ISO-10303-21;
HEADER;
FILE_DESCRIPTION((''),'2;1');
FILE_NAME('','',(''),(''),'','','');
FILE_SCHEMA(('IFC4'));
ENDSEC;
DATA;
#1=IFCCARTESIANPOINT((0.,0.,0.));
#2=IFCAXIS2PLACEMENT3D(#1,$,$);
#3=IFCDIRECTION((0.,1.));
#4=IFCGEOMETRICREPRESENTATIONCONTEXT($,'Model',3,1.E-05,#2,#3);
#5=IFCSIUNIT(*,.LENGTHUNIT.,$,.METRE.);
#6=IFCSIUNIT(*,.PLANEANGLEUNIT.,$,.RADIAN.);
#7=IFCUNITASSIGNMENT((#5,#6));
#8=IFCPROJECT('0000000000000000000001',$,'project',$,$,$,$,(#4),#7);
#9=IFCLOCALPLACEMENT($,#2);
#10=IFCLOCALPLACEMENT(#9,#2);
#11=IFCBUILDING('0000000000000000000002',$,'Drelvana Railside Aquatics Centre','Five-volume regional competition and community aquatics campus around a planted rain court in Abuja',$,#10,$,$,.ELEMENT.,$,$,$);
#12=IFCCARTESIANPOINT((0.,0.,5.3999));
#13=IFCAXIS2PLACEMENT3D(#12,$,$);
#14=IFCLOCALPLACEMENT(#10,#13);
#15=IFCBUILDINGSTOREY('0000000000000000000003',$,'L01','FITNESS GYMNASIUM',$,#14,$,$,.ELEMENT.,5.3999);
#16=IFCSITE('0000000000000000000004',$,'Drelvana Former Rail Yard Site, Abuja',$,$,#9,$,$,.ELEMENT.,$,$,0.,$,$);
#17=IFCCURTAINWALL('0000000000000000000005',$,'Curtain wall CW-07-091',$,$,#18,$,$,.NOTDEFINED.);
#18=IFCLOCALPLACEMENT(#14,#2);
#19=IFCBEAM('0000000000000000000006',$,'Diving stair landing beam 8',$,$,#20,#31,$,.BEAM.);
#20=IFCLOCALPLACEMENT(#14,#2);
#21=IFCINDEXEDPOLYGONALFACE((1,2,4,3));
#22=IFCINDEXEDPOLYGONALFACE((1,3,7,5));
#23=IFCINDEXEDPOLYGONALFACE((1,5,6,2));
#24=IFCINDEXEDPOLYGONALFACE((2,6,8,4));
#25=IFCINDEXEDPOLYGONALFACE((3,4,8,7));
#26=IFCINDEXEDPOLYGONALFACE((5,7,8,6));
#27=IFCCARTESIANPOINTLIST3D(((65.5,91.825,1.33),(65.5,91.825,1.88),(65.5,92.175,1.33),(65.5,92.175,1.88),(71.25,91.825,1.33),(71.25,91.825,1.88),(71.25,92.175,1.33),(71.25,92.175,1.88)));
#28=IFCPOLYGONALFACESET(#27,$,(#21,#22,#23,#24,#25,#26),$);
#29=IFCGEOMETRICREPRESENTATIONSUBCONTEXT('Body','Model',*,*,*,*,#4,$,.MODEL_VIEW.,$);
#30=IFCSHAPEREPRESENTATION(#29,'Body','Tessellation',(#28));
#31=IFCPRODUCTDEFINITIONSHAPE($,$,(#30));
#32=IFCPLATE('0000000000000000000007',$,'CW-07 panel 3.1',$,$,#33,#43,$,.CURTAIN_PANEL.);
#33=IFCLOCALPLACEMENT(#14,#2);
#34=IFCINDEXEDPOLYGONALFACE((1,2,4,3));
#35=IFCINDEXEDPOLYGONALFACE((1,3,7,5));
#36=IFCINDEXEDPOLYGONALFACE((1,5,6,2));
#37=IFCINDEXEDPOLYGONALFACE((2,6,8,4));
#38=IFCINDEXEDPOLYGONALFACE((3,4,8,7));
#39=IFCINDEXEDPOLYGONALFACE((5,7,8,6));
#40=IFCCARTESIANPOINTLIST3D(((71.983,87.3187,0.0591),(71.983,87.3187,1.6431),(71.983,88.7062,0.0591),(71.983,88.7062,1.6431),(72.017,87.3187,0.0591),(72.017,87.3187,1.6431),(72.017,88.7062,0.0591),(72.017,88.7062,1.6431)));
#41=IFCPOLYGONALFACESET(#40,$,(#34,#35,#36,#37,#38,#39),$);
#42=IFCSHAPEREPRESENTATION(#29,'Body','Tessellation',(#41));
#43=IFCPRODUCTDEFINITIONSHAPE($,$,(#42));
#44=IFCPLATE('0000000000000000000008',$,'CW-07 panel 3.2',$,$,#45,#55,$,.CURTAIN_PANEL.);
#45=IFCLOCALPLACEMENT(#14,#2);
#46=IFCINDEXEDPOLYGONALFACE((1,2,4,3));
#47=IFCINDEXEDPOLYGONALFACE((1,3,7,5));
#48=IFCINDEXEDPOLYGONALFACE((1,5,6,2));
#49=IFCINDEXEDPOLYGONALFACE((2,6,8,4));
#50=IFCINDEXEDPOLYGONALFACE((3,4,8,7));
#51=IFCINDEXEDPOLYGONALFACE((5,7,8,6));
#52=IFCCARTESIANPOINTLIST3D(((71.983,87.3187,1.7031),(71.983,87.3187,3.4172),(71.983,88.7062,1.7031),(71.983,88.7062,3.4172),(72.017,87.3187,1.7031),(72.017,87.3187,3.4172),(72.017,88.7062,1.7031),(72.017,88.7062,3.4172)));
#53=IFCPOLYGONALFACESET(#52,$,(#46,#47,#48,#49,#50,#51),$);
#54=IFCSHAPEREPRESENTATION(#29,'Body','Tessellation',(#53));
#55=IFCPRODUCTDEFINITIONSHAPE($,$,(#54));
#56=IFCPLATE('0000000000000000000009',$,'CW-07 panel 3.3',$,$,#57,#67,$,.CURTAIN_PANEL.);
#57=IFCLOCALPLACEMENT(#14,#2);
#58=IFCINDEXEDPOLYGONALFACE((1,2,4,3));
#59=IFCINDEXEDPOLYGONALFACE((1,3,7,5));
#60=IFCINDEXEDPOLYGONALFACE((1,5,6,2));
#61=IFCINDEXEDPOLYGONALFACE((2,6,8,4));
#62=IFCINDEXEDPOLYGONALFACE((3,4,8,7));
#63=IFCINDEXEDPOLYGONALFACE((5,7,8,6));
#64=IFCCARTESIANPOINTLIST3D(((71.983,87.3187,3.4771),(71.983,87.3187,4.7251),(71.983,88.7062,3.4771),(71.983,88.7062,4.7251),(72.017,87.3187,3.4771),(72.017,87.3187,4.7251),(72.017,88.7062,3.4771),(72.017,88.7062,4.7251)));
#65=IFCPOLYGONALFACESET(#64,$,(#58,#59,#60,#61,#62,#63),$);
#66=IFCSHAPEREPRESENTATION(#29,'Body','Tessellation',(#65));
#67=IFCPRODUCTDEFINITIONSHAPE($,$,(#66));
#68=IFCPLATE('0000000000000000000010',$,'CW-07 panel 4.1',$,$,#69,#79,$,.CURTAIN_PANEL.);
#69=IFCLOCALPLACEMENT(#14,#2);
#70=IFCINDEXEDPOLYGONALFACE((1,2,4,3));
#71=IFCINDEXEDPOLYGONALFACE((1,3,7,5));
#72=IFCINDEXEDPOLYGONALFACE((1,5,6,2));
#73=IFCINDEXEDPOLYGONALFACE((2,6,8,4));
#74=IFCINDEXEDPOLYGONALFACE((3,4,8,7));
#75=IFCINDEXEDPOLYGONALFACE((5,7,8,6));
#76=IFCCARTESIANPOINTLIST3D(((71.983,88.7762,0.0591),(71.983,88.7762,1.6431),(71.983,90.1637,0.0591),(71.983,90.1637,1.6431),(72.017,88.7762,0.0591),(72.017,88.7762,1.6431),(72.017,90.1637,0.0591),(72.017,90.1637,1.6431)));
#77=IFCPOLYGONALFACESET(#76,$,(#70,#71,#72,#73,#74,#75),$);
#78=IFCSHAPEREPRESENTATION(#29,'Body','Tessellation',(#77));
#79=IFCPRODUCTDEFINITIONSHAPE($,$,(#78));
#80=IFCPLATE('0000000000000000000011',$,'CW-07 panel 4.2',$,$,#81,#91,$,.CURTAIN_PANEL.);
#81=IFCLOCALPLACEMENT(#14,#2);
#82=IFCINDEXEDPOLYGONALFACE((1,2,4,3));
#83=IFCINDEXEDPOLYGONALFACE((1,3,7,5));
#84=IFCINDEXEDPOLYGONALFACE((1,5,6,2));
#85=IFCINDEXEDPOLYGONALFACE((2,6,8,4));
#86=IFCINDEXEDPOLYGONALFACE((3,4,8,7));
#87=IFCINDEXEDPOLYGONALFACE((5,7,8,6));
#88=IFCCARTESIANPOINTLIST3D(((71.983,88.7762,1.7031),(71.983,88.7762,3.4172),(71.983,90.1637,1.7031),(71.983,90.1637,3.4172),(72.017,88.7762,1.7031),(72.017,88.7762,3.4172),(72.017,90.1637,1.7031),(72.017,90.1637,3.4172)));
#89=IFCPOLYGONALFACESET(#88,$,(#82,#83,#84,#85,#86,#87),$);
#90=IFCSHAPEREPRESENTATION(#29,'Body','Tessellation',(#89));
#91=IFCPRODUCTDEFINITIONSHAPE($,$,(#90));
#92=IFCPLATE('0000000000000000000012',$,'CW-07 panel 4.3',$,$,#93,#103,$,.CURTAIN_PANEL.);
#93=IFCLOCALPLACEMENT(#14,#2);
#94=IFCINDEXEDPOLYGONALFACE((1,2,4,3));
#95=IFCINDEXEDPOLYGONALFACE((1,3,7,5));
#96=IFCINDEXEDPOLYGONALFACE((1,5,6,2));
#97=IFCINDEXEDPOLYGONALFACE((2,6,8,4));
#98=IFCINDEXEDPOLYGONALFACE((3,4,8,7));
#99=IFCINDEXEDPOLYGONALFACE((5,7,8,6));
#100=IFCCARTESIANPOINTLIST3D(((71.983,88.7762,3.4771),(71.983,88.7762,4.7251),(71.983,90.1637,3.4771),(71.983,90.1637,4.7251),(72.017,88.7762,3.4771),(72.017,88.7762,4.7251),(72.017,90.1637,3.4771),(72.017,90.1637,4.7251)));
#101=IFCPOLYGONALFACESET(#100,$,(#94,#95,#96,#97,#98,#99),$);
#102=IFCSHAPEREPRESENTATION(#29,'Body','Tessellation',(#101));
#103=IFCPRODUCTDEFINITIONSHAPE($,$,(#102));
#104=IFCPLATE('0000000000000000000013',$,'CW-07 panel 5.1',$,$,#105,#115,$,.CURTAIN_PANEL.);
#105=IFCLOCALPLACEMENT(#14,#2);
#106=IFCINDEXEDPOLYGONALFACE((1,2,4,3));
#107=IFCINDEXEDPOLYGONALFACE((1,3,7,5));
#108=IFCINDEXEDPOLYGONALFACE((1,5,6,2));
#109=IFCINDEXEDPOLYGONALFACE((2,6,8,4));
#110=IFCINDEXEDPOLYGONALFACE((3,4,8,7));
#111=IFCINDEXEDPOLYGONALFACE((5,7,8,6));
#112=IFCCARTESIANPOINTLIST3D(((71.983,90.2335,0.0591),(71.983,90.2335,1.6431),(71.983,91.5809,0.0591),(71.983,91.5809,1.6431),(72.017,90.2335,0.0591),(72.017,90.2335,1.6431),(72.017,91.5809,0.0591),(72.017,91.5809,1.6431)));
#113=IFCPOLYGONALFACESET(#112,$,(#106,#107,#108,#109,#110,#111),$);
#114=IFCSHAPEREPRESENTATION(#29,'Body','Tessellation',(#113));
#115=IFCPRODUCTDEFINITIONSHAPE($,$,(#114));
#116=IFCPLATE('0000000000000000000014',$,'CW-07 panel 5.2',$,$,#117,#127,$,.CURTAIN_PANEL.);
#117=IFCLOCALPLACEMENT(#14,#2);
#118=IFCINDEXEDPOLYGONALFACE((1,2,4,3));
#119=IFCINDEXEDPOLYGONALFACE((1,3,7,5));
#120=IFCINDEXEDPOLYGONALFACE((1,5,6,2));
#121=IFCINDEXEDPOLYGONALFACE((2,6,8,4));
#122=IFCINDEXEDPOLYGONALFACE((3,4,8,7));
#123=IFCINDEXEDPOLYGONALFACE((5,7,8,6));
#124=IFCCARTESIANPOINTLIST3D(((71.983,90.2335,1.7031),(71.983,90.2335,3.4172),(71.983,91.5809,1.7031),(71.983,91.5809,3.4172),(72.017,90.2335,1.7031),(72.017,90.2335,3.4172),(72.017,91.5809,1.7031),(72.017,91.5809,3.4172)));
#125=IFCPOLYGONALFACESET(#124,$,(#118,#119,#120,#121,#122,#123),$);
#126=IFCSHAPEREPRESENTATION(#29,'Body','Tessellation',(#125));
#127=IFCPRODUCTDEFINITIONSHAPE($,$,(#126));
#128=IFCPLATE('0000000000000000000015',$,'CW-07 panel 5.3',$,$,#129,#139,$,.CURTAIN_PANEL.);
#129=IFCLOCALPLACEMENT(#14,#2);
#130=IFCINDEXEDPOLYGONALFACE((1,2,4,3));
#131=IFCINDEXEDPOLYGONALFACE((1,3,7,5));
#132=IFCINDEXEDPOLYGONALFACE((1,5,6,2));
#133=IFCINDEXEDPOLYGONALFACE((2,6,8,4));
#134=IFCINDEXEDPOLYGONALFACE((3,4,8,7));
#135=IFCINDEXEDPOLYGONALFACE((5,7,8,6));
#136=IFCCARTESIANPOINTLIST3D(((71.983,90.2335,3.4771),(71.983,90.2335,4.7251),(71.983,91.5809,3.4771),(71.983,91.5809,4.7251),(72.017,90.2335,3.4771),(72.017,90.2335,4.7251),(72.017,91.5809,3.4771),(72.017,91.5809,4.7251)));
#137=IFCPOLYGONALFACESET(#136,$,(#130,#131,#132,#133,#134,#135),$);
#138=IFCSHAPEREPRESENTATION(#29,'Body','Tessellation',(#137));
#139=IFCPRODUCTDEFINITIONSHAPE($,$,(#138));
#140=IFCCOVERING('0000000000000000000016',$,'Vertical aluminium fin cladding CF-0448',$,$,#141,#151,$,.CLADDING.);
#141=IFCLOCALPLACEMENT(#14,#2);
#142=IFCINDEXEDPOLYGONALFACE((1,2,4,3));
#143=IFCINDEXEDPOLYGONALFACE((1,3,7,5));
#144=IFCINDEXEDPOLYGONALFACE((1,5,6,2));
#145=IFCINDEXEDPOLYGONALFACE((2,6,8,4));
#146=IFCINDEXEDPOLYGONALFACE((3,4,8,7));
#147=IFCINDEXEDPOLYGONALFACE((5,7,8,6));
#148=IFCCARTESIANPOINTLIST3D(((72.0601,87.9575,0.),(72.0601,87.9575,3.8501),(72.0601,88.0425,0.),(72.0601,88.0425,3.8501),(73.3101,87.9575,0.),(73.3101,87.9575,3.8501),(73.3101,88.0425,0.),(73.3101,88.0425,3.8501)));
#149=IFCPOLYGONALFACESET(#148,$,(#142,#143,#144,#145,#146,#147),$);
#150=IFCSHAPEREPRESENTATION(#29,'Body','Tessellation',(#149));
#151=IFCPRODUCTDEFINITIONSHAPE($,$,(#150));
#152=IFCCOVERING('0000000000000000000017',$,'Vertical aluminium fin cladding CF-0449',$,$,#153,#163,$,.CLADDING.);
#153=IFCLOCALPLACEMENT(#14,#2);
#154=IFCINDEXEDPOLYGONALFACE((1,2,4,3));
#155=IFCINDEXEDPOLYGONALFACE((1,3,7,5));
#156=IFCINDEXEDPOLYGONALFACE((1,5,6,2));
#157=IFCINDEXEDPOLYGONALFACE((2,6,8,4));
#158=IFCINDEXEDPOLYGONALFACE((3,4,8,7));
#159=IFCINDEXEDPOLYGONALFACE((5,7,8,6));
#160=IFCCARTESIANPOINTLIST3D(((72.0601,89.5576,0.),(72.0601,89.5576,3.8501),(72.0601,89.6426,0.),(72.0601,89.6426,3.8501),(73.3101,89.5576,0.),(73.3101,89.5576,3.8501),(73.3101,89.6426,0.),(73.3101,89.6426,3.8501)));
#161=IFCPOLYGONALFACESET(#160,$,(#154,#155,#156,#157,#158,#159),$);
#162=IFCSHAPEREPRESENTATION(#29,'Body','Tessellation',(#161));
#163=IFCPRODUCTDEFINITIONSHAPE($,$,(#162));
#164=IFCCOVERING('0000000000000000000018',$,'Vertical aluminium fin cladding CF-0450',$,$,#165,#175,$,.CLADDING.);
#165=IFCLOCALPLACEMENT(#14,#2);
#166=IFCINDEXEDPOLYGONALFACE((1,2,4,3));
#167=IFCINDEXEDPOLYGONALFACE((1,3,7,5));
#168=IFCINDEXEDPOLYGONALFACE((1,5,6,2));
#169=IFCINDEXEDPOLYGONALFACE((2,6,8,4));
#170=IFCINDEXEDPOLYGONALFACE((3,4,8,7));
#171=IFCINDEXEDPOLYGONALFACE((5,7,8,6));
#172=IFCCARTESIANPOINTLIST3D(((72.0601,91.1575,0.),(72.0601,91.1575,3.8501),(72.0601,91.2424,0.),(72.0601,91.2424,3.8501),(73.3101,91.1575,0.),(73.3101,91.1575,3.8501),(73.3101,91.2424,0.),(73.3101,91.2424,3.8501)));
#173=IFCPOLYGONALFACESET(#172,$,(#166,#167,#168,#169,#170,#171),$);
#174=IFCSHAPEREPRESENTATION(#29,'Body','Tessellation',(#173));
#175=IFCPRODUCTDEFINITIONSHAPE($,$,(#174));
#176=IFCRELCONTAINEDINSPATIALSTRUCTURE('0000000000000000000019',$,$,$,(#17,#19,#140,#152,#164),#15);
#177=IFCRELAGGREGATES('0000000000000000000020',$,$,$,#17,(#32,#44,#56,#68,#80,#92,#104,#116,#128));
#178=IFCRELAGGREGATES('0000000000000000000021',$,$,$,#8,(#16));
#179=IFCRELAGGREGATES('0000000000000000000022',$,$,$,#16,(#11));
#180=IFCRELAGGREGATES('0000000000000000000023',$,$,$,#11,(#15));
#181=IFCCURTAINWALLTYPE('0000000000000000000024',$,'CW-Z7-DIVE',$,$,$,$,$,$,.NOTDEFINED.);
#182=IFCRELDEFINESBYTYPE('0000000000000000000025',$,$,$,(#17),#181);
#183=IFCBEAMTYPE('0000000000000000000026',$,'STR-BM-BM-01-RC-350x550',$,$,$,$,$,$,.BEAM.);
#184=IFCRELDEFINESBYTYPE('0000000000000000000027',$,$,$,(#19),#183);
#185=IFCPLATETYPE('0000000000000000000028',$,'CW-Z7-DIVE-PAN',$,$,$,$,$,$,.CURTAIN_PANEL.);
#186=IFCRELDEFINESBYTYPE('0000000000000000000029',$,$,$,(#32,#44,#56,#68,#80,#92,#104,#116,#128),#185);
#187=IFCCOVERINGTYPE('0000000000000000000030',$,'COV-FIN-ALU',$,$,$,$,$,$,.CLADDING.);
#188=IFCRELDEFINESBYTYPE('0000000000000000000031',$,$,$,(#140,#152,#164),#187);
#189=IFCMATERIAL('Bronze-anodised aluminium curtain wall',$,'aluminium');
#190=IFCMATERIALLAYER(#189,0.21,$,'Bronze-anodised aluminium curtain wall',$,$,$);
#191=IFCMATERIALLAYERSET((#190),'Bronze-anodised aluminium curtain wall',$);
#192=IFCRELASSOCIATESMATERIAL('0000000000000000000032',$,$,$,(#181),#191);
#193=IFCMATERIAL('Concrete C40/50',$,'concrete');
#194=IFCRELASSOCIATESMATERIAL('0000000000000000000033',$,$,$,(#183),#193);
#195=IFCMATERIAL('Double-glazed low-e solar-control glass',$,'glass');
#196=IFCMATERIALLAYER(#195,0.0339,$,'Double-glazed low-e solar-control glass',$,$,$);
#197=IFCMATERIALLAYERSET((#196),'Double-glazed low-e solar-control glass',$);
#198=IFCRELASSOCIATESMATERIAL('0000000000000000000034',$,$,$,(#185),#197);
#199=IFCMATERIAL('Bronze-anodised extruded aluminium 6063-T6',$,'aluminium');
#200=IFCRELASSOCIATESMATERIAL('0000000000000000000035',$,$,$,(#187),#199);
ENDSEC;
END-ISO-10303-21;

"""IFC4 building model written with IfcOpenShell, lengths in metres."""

from ifc_helpers import new_model, si_unit, direction, frame, origin, origin_2d, place, context, subcontext, project, spatial, rectangle, extrude, material, layer, layer_set, material_profile, profile_set, type_object, element, aggregate, save


model = new_model("IFC4")

# Units and contexts
model_context = context("Model", 3, precision=1e-05, world=origin(), true_north=direction((0.0, 1.0)))
body_context = subcontext(model_context, "Body", "Model", "MODEL_VIEW")
ifc_project = project(units=[si_unit("LENGTHUNIT", "METRE"), si_unit("PLANEANGLEUNIT", "RADIAN")], contexts=[model_context])

# Site, building, storey
site_placement = place(None, origin())
site = spatial("IfcSite", under=ifc_project, at=site_placement, Name="Drelvana Former Rail Yard Site, Abuja", CompositionType="ELEMENT", RefElevation=0.0)
building_placement = place(site_placement, origin())
building = spatial("IfcBuilding", under=site, at=building_placement, Name="Drelvana Railside Aquatics Centre", Description="Five-volume regional competition and community aquatics campus around a planted rain court in Abuja", CompositionType="ELEMENT")
storey_placement = place(building_placement, frame((0.0, 0.0, 5.3999)))
storey = spatial("IfcBuildingStorey", under=building, at=storey_placement, Name="L01", Description="FITNESS GYMNASIUM", CompositionType="ELEMENT", Elevation=5.3999)

# Shared definitions
ifc_material_1 = material(Name="Concrete C40/50", Category="concrete")

# Curtain wall
ifc_material_2 = material(Name="Bronze-anodised aluminium curtain wall", Category="aluminium")
ifc_layer_1 = layer(ifc_material_2, 0.21, Name="Bronze-anodised aluminium curtain wall")
ifc_layer_set_1 = layer_set([ifc_layer_1], Name="Bronze-anodised aluminium curtain wall")
curtain_wall_type = type_object("IfcCurtainWallType", Name="CW-Z7-DIVE", PredefinedType="NOTDEFINED", material=ifc_layer_set_1)
curtain_wall_placement = place(storey_placement, origin())
curtain_wall = element("IfcCurtainWall", 1, at=curtain_wall_placement, inside=storey, type_object=curtain_wall_type, Name="Curtain wall CW-07-091", PredefinedType="NOTDEFINED")

# Beam
ifc_material_profile_1 = material_profile(ifc_material_1, rectangle(XDim=0.3501, YDim=0.55, at=origin_2d()), Name="RC 350x550")
ifc_profile_set_1 = profile_set([ifc_material_profile_1], Name="Concrete C40/50")
beam_type = type_object("IfcBeamType", Name="STR-BM-BM-01-RC-350x550", PredefinedType="BEAM", material=ifc_profile_set_1)
beam_placement = place(storey_placement, frame((65.5, 92.0, 1.605), z_axis=(1.0, 0.0, 0.0), x_axis=(0.0, 1.0, 0.0)))
element("IfcBeam", 2, at=beam_placement, inside=storey, type_object=beam_type, Name="Diving stair landing beam 8", PredefinedType="BEAM", context=body_context, shape_type="SweptSolid", body=[
    extrude(rectangle(XDim=0.3501, YDim=0.55, at=origin_2d()), origin(), (0.0, 0.0, 1.0), 5.75),
])

# Plates
ifc_material_3 = material(Name="Double-glazed low-e solar-control glass", Category="glass")
ifc_layer_2 = layer(ifc_material_3, 0.0339, Name="Double-glazed low-e solar-control glass")
ifc_layer_set_2 = layer_set([ifc_layer_2], Name="Double-glazed low-e solar-control glass")
plate_type = type_object("IfcPlateType", Name="CW-Z7-DIVE-PAN", PredefinedType="CURTAIN_PANEL", material=ifc_layer_set_2)
plate_1_placement = place(storey_placement, frame((72.0, 88.0125, 0.0591), z_axis=(0.0, 0.0, 1.0), x_axis=(0.0, 1.0, 0.0)))
plate_1 = element("IfcPlate", 3, at=plate_1_placement, type_object=plate_type, Name="CW-07 panel 3.1", PredefinedType="CURTAIN_PANEL", context=body_context, shape_type="SweptSolid", body=[
    extrude(rectangle(XDim=1.3875, YDim=0.0339, at=origin_2d()), origin(), (0.0, 0.0, 1.0), 1.584),
])
plate_2_placement = place(storey_placement, frame((72.0, 88.0125, 1.7031), z_axis=(0.0, 0.0, 1.0), x_axis=(0.0, 1.0, 0.0)))
plate_2 = element("IfcPlate", 4, at=plate_2_placement, type_object=plate_type, Name="CW-07 panel 3.2", PredefinedType="CURTAIN_PANEL", context=body_context, shape_type="SweptSolid", body=[
    extrude(rectangle(XDim=1.3875, YDim=0.0339, at=origin_2d()), origin(), (0.0, 0.0, 1.0), 1.7141),
])
plate_3_placement = place(storey_placement, frame((72.0, 88.0125, 3.4771), z_axis=(0.0, 0.0, 1.0), x_axis=(0.0, 1.0, 0.0)))
plate_3 = element("IfcPlate", 5, at=plate_3_placement, type_object=plate_type, Name="CW-07 panel 3.3", PredefinedType="CURTAIN_PANEL", context=body_context, shape_type="SweptSolid", body=[
    extrude(rectangle(XDim=1.3875, YDim=0.0339, at=origin_2d()), origin(), (0.0, 0.0, 1.0), 1.248),
])
plate_4_placement = place(storey_placement, frame((72.0, 89.47, 0.0591), z_axis=(0.0, 0.0, 1.0), x_axis=(0.0, 1.0, 0.0)))
plate_4 = element("IfcPlate", 6, at=plate_4_placement, type_object=plate_type, Name="CW-07 panel 4.1", PredefinedType="CURTAIN_PANEL", context=body_context, shape_type="SweptSolid", body=[
    extrude(rectangle(XDim=1.3875, YDim=0.0339, at=origin_2d()), origin(), (0.0, 0.0, 1.0), 1.584),
])
plate_5_placement = place(storey_placement, frame((72.0, 89.47, 1.7031), z_axis=(0.0, 0.0, 1.0), x_axis=(0.0, 1.0, 0.0)))
plate_5 = element("IfcPlate", 7, at=plate_5_placement, type_object=plate_type, Name="CW-07 panel 4.2", PredefinedType="CURTAIN_PANEL", context=body_context, shape_type="SweptSolid", body=[
    extrude(rectangle(XDim=1.3875, YDim=0.0339, at=origin_2d()), origin(), (0.0, 0.0, 1.0), 1.7141),
])
plate_6_placement = place(storey_placement, frame((72.0, 89.47, 3.4771), z_axis=(0.0, 0.0, 1.0), x_axis=(0.0, 1.0, 0.0)))
plate_6 = element("IfcPlate", 8, at=plate_6_placement, type_object=plate_type, Name="CW-07 panel 4.3", PredefinedType="CURTAIN_PANEL", context=body_context, shape_type="SweptSolid", body=[
    extrude(rectangle(XDim=1.3875, YDim=0.0339, at=origin_2d()), origin(), (0.0, 0.0, 1.0), 1.248),
])
plate_7_placement = place(storey_placement, frame((72.0, 90.9072, 0.0591), z_axis=(0.0, 0.0, 1.0), x_axis=(0.0, 1.0, 0.0)))
plate_7 = element("IfcPlate", 9, at=plate_7_placement, type_object=plate_type, Name="CW-07 panel 5.1", PredefinedType="CURTAIN_PANEL", context=body_context, shape_type="SweptSolid", body=[
    extrude(rectangle(XDim=1.3474, YDim=0.0339, at=origin_2d()), origin(), (0.0, 0.0, 1.0), 1.584),
])
plate_8_placement = place(storey_placement, frame((72.0, 90.9072, 1.7031), z_axis=(0.0, 0.0, 1.0), x_axis=(0.0, 1.0, 0.0)))
plate_8 = element("IfcPlate", 10, at=plate_8_placement, type_object=plate_type, Name="CW-07 panel 5.2", PredefinedType="CURTAIN_PANEL", context=body_context, shape_type="SweptSolid", body=[
    extrude(rectangle(XDim=1.3474, YDim=0.0339, at=origin_2d()), origin(), (0.0, 0.0, 1.0), 1.7141),
])
plate_9_placement = place(storey_placement, frame((72.0, 90.9072, 3.4771), z_axis=(0.0, 0.0, 1.0), x_axis=(0.0, 1.0, 0.0)))
plate_9 = element("IfcPlate", 11, at=plate_9_placement, type_object=plate_type, Name="CW-07 panel 5.3", PredefinedType="CURTAIN_PANEL", context=body_context, shape_type="SweptSolid", body=[
    extrude(rectangle(XDim=1.3474, YDim=0.0339, at=origin_2d()), origin(), (0.0, 0.0, 1.0), 1.248),
])
aggregate(curtain_wall, [plate_1, plate_2, plate_3, plate_4, plate_5, plate_6, plate_7, plate_8, plate_9])

# Coverings
ifc_material_4 = material(Name="Bronze-anodised extruded aluminium 6063-T6", Category="aluminium")
covering_type = type_object("IfcCoveringType", Name="COV-FIN-ALU", PredefinedType="CLADDING", material=ifc_material_4)
for number, where, z_axis, x_axis, name in (
    (12, (72.6851, 88.0, 0.0), (0.0, 0.0, 1.0), (0.0, -1.0, 0.0), "Vertical aluminium fin cladding CF-0448"),
    (13, (72.6851, 89.6001, 0.0), (0.0, 0.0, 1.0), (0.0, -1.0, 0.0), "Vertical aluminium fin cladding CF-0449"),
    (14, (72.6851, 91.2, 0.0), (0.0, 0.0, 1.0), (0.0, -1.0, 0.0), "Vertical aluminium fin cladding CF-0450"),
):
    element("IfcCovering", number, at=place(storey_placement, frame(where, z_axis=z_axis, x_axis=x_axis)), inside=storey, type_object=covering_type, Name=name, PredefinedType="CLADDING", context=body_context, shape_type="SweptSolid", body=[
        extrude(rectangle(XDim=0.085, YDim=1.25, at=origin_2d()), origin(), (0.0, 0.0, 1.0), 3.8501),
    ])

save(model, "model.ifc")
